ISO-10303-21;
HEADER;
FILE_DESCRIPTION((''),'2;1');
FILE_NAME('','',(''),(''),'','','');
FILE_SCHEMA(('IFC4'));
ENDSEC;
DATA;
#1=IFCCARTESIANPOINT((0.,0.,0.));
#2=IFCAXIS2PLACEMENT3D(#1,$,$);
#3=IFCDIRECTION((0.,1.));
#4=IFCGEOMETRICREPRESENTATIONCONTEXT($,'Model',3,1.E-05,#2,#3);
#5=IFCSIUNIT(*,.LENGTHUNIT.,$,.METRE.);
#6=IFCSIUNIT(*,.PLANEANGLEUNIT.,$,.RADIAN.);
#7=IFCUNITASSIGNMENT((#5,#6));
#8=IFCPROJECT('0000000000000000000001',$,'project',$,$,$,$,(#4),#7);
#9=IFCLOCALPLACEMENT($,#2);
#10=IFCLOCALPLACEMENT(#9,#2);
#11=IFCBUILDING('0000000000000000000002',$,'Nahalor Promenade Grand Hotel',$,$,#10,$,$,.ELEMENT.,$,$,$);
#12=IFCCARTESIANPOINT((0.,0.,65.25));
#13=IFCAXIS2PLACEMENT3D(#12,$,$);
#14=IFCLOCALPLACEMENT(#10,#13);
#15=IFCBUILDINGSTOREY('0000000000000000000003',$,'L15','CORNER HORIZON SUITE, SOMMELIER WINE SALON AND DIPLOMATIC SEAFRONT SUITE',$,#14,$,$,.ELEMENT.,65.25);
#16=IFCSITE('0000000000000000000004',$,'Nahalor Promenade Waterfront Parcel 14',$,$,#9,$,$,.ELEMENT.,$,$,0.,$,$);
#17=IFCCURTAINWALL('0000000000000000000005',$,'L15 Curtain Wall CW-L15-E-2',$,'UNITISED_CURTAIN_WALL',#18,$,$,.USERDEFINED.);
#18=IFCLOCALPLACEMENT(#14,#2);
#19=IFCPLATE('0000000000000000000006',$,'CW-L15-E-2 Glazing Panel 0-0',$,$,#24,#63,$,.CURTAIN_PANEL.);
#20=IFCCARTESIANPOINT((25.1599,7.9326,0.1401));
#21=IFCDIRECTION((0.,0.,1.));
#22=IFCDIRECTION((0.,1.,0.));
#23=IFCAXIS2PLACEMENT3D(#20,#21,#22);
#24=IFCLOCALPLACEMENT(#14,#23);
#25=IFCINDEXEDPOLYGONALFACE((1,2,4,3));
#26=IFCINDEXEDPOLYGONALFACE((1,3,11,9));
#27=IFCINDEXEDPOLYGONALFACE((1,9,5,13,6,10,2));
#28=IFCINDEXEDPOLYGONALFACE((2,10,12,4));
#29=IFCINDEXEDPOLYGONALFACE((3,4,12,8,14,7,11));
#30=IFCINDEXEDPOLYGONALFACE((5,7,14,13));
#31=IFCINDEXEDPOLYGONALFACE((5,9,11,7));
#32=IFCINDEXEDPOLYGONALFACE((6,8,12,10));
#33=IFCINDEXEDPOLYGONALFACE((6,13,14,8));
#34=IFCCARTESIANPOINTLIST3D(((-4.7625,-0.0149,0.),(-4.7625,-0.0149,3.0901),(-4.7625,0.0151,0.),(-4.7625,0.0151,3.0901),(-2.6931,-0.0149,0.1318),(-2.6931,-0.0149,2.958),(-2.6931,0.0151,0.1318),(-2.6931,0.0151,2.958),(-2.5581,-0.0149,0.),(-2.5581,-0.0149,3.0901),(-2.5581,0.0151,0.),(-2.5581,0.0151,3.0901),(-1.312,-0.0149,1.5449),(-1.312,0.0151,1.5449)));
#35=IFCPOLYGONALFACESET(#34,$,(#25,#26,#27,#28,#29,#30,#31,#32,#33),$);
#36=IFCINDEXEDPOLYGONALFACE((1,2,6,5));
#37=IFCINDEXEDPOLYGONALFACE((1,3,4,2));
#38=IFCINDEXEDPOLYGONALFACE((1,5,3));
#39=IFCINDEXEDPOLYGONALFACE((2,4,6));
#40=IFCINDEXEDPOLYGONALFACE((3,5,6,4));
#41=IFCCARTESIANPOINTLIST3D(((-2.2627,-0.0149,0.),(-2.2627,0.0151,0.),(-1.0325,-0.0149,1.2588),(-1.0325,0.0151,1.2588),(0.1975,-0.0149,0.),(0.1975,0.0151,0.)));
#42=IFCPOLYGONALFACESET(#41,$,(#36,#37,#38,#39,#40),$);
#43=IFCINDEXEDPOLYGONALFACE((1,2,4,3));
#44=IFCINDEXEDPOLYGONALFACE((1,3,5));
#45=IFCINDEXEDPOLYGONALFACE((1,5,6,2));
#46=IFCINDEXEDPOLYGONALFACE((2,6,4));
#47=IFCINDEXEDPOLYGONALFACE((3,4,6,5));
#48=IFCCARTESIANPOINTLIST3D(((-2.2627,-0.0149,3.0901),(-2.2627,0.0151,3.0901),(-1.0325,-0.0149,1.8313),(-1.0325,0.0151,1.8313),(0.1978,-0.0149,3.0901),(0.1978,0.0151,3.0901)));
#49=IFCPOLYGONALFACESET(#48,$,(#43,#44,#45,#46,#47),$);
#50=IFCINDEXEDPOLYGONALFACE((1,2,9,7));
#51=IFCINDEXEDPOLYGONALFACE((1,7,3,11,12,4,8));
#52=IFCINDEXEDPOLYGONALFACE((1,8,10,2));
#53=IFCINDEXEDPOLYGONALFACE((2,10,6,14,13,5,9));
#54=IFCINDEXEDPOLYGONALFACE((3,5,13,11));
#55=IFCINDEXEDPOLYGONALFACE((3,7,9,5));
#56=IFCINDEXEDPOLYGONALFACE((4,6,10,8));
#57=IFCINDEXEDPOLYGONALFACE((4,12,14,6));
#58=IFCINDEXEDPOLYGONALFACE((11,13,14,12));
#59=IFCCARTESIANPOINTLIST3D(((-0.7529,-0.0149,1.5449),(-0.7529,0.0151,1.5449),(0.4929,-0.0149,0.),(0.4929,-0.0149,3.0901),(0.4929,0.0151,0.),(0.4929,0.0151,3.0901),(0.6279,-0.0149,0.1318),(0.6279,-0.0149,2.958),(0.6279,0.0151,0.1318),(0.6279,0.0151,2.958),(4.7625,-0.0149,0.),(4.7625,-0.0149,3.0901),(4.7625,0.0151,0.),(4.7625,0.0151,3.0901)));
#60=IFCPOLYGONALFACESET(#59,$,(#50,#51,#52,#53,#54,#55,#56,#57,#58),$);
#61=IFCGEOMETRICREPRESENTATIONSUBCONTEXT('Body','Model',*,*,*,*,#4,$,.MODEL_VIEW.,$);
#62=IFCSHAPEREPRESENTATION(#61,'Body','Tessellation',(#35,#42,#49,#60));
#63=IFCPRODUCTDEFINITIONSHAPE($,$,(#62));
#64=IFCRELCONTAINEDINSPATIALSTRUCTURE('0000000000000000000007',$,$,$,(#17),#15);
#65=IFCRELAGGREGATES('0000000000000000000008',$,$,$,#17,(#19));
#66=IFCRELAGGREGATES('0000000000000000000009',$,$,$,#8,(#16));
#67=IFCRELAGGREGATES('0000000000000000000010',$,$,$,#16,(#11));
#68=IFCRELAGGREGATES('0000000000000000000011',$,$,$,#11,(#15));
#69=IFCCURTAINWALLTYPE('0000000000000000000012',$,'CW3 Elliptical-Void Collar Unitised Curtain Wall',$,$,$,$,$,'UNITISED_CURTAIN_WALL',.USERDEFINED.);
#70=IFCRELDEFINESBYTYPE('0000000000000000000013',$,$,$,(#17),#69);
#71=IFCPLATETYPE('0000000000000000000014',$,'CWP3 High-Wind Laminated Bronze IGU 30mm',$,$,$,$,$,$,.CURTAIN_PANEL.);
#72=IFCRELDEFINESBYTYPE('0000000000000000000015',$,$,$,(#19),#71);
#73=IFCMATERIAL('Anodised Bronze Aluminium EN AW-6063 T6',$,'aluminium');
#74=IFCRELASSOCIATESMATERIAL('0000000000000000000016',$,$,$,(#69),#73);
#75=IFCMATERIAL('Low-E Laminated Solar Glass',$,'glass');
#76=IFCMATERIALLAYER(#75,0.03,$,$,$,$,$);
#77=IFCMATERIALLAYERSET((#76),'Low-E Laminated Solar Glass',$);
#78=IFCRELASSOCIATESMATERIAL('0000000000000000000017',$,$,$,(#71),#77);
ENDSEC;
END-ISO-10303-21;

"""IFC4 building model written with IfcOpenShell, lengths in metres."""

from ifc_helpers import new_model, si_unit, direction, frame, origin, place, context, subcontext, project, spatial, polyline, outline, extrude, material, layer, layer_set, type_object, element, aggregate, save


model = new_model("IFC4")

# Units and contexts
model_context = context("Model", 3, precision=1e-05, world=origin(), true_north=direction((0.0, 1.0)))
body_context = subcontext(model_context, "Body", "Model", "MODEL_VIEW")
ifc_project = project(units=[si_unit("LENGTHUNIT", "METRE"), si_unit("PLANEANGLEUNIT", "RADIAN")], contexts=[model_context])

# Site, building, storey
site_placement = place(None, origin())
site = spatial("IfcSite", under=ifc_project, at=site_placement, Name="Nahalor Promenade Waterfront Parcel 14", CompositionType="ELEMENT", RefElevation=0.0)
building_placement = place(site_placement, origin())
building = spatial("IfcBuilding", under=site, at=building_placement, Name="Nahalor Promenade Grand Hotel", CompositionType="ELEMENT")
storey_placement = place(building_placement, frame((0.0, 0.0, 65.25)))
storey = spatial("IfcBuildingStorey", under=building, at=storey_placement, Name="L15", Description="CORNER HORIZON SUITE, SOMMELIER WINE SALON AND DIPLOMATIC SEAFRONT SUITE", CompositionType="ELEMENT", Elevation=65.25)

# Curtain wall
ifc_material_1 = material(Name="Anodised Bronze Aluminium EN AW-6063 T6", Category="aluminium")
curtain_wall_type = type_object("IfcCurtainWallType", Name="CW3 Elliptical-Void Collar Unitised Curtain Wall", ElementType="UNITISED_CURTAIN_WALL", PredefinedType="USERDEFINED", material=ifc_material_1)
curtain_wall_1_placement = place(storey_placement, origin())
curtain_wall_1 = element("IfcCurtainWall", 1, at=curtain_wall_1_placement, inside=storey, type_object=curtain_wall_type, Name="L15 Curtain Wall CW-L15-E-2", ObjectType="UNITISED_CURTAIN_WALL", PredefinedType="USERDEFINED")

# Plate
ifc_material_2 = material(Name="Low-E Laminated Solar Glass", Category="glass")
ifc_layer_1 = layer(ifc_material_2, 0.03)
ifc_layer_set_1 = layer_set([ifc_layer_1], Name="Low-E Laminated Solar Glass")
plate_type_1 = type_object("IfcPlateType", Name="CWP3 High-Wind Laminated Bronze IGU 30mm", PredefinedType="CURTAIN_PANEL", material=ifc_layer_set_1)
plate_1_placement = place(storey_placement, frame((25.1599, 7.9326, 0.1401), z_axis=(0.0, 0.0, 1.0), x_axis=(0.0, 1.0, 0.0)))
plate_1 = element("IfcPlate", 2, at=plate_1_placement, type_object=plate_type_1, Name="CW-L15-E-2 Glazing Panel 0-0", PredefinedType="CURTAIN_PANEL", context=body_context, shape_type="SweptSolid", body=[
    extrude(outline(polyline([(-4.7625, 3.0901), (-4.7625, 0.0), (-2.5581, 0.0), (-2.6931, 0.1318), (-1.312, 1.5449), (-2.6931, 2.958), (-2.5581, 3.0901), (-4.7625, 3.0901)])), frame((0.0, 0.0151, 0.0), z_axis=(0.0, -1.0, 0.0), x_axis=(1.0, 0.0, 0.0)), (0.0, 0.0, 1.0), 0.03),
    extrude(outline(polyline([(-1.0325, 1.2588), (-2.2627, 0.0), (0.1975, 0.0), (-1.0325, 1.2588)])), frame((0.0, 0.0151, 0.0), z_axis=(0.0, -1.0, 0.0), x_axis=(1.0, 0.0, 0.0)), (0.0, 0.0, 1.0), 0.03),
    extrude(outline(polyline([(-1.0325, 1.8313), (0.1978, 3.0901), (-2.2627, 3.0901), (-1.0325, 1.8313)])), frame((0.0, 0.0151, 0.0), z_axis=(0.0, -1.0, 0.0), x_axis=(1.0, 0.0, 0.0)), (0.0, 0.0, 1.0), 0.03),
    extrude(outline(polyline([(4.7625, 0.0), (4.7625, 3.0901), (0.4929, 3.0901), (0.6279, 2.958), (-0.7529, 1.5449), (0.6279, 0.1318), (0.4929, 0.0), (4.7625, 0.0)])), frame((0.0, 0.0151, 0.0), z_axis=(0.0, -1.0, 0.0), x_axis=(1.0, 0.0, 0.0)), (0.0, 0.0, 1.0), 0.03),
])
aggregate(curtain_wall_1, [plate_1])

save(model, "model.ifc")
